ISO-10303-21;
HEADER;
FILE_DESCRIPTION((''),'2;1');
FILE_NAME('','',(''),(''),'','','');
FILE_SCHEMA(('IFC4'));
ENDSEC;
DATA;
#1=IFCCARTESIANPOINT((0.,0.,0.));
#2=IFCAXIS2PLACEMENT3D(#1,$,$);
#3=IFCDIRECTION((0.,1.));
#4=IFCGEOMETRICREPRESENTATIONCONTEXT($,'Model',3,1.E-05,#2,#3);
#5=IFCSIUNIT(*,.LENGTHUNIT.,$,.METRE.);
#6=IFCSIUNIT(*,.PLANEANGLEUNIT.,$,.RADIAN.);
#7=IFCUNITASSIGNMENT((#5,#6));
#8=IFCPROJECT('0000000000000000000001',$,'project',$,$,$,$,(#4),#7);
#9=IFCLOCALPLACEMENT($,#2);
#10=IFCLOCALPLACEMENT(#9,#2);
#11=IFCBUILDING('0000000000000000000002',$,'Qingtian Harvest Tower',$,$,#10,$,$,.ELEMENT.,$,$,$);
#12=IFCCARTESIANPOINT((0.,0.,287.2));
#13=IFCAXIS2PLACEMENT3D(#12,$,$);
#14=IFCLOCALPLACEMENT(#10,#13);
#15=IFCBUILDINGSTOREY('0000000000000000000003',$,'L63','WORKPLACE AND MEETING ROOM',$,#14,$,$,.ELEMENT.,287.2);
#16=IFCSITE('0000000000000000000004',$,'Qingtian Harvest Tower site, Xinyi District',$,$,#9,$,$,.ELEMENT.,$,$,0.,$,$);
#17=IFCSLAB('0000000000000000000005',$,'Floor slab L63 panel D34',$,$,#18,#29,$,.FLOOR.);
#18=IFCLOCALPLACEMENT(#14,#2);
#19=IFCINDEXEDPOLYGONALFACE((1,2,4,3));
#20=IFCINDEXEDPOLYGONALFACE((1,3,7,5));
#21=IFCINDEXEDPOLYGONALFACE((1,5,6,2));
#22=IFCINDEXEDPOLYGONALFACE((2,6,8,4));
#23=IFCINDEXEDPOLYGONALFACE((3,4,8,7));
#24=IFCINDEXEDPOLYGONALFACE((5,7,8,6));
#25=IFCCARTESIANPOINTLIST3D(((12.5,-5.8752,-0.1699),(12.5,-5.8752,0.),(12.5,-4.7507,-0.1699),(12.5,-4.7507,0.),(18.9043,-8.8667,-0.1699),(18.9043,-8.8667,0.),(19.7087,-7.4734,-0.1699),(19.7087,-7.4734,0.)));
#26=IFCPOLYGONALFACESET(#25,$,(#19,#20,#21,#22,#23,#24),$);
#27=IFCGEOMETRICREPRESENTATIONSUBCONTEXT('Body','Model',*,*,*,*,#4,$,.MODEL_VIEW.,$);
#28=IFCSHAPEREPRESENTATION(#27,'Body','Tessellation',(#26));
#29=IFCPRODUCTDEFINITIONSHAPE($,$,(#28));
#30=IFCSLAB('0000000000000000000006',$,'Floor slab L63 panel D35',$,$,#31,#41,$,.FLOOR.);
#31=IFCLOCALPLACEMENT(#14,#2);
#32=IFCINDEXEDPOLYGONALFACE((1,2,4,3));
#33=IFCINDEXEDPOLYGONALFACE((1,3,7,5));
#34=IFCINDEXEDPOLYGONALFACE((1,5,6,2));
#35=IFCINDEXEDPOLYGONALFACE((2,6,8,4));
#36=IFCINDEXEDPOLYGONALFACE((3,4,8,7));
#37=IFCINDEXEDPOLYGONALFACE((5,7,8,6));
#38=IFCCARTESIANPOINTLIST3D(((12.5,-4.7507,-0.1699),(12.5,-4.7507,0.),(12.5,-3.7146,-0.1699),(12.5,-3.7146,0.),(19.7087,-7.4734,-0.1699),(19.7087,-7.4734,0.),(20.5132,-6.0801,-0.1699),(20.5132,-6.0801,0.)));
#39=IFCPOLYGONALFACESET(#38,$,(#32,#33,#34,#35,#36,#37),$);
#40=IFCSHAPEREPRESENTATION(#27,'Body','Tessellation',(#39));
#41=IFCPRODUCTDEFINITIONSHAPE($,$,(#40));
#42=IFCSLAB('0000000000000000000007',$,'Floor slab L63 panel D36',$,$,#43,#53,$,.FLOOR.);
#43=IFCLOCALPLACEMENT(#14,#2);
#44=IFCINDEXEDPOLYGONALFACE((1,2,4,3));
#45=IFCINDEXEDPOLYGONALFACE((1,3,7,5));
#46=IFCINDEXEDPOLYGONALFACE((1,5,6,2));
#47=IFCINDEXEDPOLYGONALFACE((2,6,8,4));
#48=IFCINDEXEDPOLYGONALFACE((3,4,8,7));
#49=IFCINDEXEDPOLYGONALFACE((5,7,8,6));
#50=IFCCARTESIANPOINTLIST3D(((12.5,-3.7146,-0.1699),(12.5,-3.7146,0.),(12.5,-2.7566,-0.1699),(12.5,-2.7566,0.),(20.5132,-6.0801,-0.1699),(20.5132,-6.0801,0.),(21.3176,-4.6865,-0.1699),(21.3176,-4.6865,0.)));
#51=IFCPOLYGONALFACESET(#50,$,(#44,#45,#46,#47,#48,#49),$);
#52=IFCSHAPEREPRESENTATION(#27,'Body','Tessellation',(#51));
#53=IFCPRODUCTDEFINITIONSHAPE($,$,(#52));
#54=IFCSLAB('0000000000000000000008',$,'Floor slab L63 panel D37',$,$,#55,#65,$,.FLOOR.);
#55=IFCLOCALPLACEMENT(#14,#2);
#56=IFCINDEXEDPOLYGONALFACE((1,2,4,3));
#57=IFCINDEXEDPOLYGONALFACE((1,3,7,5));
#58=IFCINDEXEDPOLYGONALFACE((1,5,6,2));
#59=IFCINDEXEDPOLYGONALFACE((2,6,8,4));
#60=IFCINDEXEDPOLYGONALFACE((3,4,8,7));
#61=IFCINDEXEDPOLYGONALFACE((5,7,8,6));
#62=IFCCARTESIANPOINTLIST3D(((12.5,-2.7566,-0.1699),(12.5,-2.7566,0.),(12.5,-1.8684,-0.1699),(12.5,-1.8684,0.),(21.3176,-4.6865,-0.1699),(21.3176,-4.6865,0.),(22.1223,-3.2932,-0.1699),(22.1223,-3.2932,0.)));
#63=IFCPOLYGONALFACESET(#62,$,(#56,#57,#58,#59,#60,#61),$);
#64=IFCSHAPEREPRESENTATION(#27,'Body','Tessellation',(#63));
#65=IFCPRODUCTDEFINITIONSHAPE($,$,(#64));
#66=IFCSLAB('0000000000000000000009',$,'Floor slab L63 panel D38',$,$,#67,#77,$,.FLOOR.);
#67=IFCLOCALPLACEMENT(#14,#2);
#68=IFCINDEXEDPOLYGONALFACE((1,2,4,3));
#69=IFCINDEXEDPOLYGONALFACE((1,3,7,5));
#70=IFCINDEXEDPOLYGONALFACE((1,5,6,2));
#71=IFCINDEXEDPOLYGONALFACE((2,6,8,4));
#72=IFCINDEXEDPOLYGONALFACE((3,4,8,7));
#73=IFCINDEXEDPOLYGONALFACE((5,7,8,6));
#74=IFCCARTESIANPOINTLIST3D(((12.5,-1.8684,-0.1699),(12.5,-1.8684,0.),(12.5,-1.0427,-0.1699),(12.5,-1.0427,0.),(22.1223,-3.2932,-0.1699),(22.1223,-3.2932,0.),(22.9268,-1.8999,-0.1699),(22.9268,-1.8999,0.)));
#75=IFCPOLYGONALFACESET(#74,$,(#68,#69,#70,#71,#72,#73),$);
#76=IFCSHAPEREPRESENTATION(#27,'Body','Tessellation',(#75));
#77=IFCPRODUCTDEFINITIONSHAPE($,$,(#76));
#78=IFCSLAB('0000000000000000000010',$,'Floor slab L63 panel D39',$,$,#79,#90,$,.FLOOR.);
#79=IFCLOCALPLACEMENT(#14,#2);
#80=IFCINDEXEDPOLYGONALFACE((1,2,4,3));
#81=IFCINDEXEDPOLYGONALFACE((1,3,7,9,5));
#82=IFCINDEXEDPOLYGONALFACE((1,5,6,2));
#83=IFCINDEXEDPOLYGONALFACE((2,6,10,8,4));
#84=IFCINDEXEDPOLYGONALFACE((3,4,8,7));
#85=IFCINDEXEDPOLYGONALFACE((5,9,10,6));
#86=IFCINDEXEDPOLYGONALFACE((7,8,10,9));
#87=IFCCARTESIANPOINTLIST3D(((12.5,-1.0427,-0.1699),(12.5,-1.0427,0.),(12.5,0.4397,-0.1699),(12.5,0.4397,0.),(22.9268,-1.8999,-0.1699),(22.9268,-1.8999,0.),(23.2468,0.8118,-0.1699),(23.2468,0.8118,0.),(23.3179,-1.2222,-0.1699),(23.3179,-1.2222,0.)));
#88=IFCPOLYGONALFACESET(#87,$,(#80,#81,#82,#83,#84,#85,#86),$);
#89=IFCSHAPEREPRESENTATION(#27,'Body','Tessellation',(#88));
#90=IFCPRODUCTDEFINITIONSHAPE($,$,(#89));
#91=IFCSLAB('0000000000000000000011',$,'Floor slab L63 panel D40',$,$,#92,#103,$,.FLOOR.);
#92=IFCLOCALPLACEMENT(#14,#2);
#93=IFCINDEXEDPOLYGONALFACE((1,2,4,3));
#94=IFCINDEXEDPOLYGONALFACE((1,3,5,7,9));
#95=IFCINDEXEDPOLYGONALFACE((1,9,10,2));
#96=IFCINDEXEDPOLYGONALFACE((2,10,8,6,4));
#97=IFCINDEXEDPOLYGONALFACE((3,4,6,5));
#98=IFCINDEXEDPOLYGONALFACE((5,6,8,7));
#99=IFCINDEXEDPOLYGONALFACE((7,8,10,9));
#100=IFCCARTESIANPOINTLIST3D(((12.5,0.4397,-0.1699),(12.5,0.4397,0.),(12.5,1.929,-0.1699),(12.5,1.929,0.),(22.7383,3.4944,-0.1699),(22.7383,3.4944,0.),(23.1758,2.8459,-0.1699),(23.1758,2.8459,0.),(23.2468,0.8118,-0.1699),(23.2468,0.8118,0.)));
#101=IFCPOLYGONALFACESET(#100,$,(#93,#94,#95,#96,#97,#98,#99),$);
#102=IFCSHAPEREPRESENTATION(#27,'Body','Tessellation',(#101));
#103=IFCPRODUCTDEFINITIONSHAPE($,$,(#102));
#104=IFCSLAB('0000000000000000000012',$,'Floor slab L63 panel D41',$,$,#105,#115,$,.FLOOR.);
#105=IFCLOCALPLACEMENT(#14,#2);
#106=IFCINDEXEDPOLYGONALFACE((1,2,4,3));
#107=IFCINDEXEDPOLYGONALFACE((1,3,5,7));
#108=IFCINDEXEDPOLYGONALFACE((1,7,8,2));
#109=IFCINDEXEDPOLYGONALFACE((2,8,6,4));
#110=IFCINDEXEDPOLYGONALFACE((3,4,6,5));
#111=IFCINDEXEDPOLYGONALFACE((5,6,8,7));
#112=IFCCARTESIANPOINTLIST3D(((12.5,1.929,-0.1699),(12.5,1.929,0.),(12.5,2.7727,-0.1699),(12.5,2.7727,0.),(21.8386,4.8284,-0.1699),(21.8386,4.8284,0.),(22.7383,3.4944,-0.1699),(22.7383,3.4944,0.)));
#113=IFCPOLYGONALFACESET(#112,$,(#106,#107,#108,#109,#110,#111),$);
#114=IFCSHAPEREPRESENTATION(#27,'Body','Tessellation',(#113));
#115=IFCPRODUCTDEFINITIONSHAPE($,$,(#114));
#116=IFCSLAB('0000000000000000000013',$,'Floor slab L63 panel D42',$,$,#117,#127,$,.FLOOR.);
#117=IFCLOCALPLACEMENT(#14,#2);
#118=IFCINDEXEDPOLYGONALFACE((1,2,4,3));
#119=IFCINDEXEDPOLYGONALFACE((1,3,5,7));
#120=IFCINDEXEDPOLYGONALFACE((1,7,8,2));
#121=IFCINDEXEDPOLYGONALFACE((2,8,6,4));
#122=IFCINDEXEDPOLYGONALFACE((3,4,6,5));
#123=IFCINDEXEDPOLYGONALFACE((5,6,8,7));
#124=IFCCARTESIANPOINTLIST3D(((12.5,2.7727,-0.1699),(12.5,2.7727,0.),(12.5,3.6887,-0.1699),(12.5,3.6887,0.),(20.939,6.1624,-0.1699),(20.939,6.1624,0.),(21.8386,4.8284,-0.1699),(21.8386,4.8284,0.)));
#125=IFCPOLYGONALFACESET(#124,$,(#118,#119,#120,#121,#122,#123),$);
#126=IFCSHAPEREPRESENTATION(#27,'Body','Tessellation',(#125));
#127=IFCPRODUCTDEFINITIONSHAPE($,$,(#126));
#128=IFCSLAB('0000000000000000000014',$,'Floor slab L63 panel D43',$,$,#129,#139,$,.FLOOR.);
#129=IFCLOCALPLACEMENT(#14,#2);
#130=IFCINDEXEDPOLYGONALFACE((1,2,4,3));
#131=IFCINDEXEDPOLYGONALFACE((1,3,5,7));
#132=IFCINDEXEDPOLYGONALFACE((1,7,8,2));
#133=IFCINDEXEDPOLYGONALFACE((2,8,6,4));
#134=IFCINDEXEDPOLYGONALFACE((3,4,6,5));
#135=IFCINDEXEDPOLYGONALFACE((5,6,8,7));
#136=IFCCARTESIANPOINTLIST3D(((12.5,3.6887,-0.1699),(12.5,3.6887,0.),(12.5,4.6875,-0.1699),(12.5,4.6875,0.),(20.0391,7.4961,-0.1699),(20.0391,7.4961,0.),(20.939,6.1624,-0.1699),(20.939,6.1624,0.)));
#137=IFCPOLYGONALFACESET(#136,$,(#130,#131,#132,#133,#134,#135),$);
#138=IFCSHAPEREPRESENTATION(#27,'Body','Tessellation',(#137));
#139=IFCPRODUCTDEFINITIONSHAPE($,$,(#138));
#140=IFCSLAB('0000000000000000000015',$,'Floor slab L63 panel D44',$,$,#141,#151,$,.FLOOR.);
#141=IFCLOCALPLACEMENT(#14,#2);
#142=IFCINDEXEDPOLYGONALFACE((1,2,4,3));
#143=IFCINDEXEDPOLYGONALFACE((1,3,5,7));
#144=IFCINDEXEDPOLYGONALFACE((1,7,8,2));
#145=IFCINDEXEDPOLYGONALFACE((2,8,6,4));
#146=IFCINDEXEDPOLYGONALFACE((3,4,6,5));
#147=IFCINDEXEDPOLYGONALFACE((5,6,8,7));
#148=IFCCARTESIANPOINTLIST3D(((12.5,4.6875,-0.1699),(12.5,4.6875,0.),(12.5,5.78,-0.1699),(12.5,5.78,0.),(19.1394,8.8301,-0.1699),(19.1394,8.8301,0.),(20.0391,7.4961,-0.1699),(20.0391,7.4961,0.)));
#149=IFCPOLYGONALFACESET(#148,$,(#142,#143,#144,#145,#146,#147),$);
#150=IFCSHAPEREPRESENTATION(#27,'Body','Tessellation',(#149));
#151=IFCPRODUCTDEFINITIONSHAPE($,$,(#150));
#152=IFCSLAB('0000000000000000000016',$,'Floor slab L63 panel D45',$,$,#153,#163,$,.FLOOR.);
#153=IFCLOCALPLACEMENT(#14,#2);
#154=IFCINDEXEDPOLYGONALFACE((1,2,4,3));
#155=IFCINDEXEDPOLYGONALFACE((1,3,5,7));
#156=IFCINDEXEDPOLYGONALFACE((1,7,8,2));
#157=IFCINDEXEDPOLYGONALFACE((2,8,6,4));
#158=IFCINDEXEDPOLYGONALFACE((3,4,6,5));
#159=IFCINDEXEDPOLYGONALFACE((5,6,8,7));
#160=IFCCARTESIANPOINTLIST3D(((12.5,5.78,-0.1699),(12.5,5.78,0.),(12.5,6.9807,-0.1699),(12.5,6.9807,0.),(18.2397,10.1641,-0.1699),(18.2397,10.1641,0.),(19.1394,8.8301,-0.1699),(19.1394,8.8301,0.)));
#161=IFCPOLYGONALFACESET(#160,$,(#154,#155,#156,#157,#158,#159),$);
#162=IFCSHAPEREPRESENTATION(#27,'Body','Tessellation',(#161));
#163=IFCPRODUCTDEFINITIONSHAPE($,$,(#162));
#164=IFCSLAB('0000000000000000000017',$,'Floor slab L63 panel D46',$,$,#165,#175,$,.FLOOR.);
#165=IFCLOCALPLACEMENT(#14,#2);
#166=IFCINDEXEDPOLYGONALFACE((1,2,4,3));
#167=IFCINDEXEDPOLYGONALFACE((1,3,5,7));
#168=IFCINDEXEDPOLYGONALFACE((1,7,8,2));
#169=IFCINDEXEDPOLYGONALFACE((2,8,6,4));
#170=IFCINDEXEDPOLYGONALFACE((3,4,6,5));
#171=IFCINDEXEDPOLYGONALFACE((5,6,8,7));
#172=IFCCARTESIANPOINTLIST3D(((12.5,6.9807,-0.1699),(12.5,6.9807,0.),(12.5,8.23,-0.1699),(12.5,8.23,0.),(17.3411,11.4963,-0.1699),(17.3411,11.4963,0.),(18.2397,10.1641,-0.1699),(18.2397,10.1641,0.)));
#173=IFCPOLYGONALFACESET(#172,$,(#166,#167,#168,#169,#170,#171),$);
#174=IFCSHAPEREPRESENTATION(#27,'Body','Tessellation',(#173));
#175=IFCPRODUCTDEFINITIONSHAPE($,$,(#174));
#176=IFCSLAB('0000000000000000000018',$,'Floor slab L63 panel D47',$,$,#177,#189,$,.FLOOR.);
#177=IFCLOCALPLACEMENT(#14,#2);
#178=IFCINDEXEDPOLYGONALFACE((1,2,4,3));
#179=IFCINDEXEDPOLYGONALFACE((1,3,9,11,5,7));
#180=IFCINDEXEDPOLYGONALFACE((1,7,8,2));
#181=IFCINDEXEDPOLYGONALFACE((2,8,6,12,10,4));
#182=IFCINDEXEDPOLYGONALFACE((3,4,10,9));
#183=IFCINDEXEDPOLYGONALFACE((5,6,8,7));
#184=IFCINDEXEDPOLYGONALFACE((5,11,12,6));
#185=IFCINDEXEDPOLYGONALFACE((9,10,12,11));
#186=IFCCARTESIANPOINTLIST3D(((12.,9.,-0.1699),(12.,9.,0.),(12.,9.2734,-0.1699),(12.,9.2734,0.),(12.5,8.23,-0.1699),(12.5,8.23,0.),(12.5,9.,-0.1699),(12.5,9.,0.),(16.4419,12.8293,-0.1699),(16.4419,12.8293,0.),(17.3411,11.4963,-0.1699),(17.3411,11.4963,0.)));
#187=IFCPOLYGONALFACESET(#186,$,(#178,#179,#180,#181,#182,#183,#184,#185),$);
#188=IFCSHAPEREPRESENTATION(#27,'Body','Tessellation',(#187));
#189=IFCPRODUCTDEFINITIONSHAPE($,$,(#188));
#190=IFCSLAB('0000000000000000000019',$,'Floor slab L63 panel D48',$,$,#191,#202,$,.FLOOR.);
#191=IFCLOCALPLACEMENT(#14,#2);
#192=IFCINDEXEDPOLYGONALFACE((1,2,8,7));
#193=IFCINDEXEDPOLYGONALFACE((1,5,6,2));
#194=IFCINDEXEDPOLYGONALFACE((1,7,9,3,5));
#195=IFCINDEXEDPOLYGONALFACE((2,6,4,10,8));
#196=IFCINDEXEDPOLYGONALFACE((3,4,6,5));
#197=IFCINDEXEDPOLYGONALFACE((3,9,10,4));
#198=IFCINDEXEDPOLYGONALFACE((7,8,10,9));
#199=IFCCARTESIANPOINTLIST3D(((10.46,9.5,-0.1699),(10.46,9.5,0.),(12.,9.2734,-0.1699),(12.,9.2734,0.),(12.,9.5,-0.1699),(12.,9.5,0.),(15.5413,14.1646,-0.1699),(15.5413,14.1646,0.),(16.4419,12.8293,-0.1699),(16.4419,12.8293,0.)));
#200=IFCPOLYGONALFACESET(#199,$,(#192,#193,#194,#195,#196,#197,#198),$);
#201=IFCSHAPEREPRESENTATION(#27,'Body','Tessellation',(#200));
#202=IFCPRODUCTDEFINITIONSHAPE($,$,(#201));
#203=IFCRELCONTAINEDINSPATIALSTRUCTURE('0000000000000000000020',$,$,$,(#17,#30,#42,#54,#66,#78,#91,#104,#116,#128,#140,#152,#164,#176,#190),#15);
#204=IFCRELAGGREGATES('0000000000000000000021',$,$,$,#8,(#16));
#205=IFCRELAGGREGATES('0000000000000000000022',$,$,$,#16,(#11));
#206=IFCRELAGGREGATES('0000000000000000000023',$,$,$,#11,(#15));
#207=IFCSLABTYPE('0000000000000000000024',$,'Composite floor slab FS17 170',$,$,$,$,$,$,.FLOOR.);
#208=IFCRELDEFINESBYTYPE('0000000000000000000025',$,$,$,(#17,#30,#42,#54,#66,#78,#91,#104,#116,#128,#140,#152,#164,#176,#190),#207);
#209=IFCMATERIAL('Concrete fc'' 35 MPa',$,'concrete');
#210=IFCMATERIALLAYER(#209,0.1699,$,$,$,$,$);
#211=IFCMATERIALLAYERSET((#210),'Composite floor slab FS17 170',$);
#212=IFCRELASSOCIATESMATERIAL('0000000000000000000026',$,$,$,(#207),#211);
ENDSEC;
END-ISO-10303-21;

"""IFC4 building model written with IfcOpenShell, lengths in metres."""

from ifc_helpers import new_model, si_unit, direction, frame, origin, place, context, subcontext, project, spatial, polyline, outline, extrude, material, layer, layer_set, type_object, element, save


model = new_model("IFC4")

# Units and contexts
model_context = context("Model", 3, precision=1e-05, world=origin(), true_north=direction((0.0, 1.0)))
body_context = subcontext(model_context, "Body", "Model", "MODEL_VIEW")
ifc_project = project(units=[si_unit("LENGTHUNIT", "METRE"), si_unit("PLANEANGLEUNIT", "RADIAN")], contexts=[model_context])

# Site, building, storey
site_placement = place(None, origin())
site = spatial("IfcSite", under=ifc_project, at=site_placement, Name="Qingtian Harvest Tower site, Xinyi District", CompositionType="ELEMENT", RefElevation=0.0)
building_placement = place(site_placement, origin())
building = spatial("IfcBuilding", under=site, at=building_placement, Name="Qingtian Harvest Tower", CompositionType="ELEMENT")
storey_placement = place(building_placement, frame((0.0, 0.0, 287.2)))
storey = spatial("IfcBuildingStorey", under=building, at=storey_placement, Name="L63", Description="WORKPLACE AND MEETING ROOM", CompositionType="ELEMENT", Elevation=287.2)

# Slabs
ifc_material_1 = material(Name="Concrete fc' 35 MPa", Category="concrete")
ifc_layer_1 = layer(ifc_material_1, 0.1699)
ifc_layer_set_1 = layer_set([ifc_layer_1], Name="Composite floor slab FS17 170")
slab_type = type_object("IfcSlabType", Name="Composite floor slab FS17 170", PredefinedType="FLOOR", material=ifc_layer_set_1)
slab_1_placement = place(storey_placement, frame((0.0, 0.0, -0.1699)))
element("IfcSlab", 1, at=slab_1_placement, inside=storey, type_object=slab_type, Name="Floor slab L63 panel D34", PredefinedType="FLOOR", context=body_context, shape_type="SweptSolid", body=[
    extrude(outline(polyline([(12.5, -4.7507), (19.7087, -7.4734), (18.9043, -8.8667), (12.5, -5.8752), (12.5, -4.7507)])), origin(), (0.0, 0.0, 1.0), 0.1699),
])
slab_2_placement = place(storey_placement, frame((0.0, 0.0, -0.1699)))
element("IfcSlab", 2, at=slab_2_placement, inside=storey, type_object=slab_type, Name="Floor slab L63 panel D35", PredefinedType="FLOOR", context=body_context, shape_type="SweptSolid", body=[
    extrude(outline(polyline([(12.5, -3.7146), (20.5132, -6.0801), (19.7087, -7.4734), (12.5, -4.7507), (12.5, -3.7146)])), origin(), (0.0, 0.0, 1.0), 0.1699),
])
slab_3_placement = place(storey_placement, frame((0.0, 0.0, -0.1699)))
element("IfcSlab", 3, at=slab_3_placement, inside=storey, type_object=slab_type, Name="Floor slab L63 panel D36", PredefinedType="FLOOR", context=body_context, shape_type="SweptSolid", body=[
    extrude(outline(polyline([(12.5, -2.7566), (21.3176, -4.6865), (20.5132, -6.0801), (12.5, -3.7146), (12.5, -2.7566)])), origin(), (0.0, 0.0, 1.0), 0.1699),
])
slab_4_placement = place(storey_placement, frame((0.0, 0.0, -0.1699)))
element("IfcSlab", 4, at=slab_4_placement, inside=storey, type_object=slab_type, Name="Floor slab L63 panel D37", PredefinedType="FLOOR", context=body_context, shape_type="SweptSolid", body=[
    extrude(outline(polyline([(12.5, -1.8684), (22.1223, -3.2932), (21.3176, -4.6865), (12.5, -2.7566), (12.5, -1.8684)])), origin(), (0.0, 0.0, 1.0), 0.1699),
])
slab_5_placement = place(storey_placement, frame((0.0, 0.0, -0.1699)))
element("IfcSlab", 5, at=slab_5_placement, inside=storey, type_object=slab_type, Name="Floor slab L63 panel D38", PredefinedType="FLOOR", context=body_context, shape_type="SweptSolid", body=[
    extrude(outline(polyline([(12.5, -1.0427), (22.9268, -1.8999), (22.1223, -3.2932), (12.5, -1.8684), (12.5, -1.0427)])), origin(), (0.0, 0.0, 1.0), 0.1699),
])
slab_6_placement = place(storey_placement, frame((0.0, 0.0, -0.1699)))
element("IfcSlab", 6, at=slab_6_placement, inside=storey, type_object=slab_type, Name="Floor slab L63 panel D39", PredefinedType="FLOOR", context=body_context, shape_type="SweptSolid", body=[
    extrude(outline(polyline([(12.5, -1.0427), (12.5, 0.4397), (23.2468, 0.8118), (23.3179, -1.2222), (22.9268, -1.8999), (12.5, -1.0427)])), origin(), (0.0, 0.0, 1.0), 0.1699),
])
slab_7_placement = place(storey_placement, frame((0.0, 0.0, -0.1699)))
element("IfcSlab", 7, at=slab_7_placement, inside=storey, type_object=slab_type, Name="Floor slab L63 panel D40", PredefinedType="FLOOR", context=body_context, shape_type="SweptSolid", body=[
    extrude(outline(polyline([(12.5, 0.4397), (12.5, 1.929), (22.7383, 3.4944), (23.1758, 2.8459), (23.2468, 0.8118), (12.5, 0.4397)])), origin(), (0.0, 0.0, 1.0), 0.1699),
])
slab_8_placement = place(storey_placement, frame((0.0, 0.0, -0.1699)))
element("IfcSlab", 8, at=slab_8_placement, inside=storey, type_object=slab_type, Name="Floor slab L63 panel D41", PredefinedType="FLOOR", context=body_context, shape_type="SweptSolid", body=[
    extrude(outline(polyline([(12.5, 2.7727), (21.8386, 4.8284), (22.7383, 3.4944), (12.5, 1.929), (12.5, 2.7727)])), origin(), (0.0, 0.0, 1.0), 0.1699),
])
slab_9_placement = place(storey_placement, frame((0.0, 0.0, -0.1699)))
element("IfcSlab", 9, at=slab_9_placement, inside=storey, type_object=slab_type, Name="Floor slab L63 panel D42", PredefinedType="FLOOR", context=body_context, shape_type="SweptSolid", body=[
    extrude(outline(polyline([(12.5, 3.6887), (20.939, 6.1624), (21.8386, 4.8284), (12.5, 2.7727), (12.5, 3.6887)])), origin(), (0.0, 0.0, 1.0), 0.1699),
])
slab_10_placement = place(storey_placement, frame((0.0, 0.0, -0.1699)))
element("IfcSlab", 10, at=slab_10_placement, inside=storey, type_object=slab_type, Name="Floor slab L63 panel D43", PredefinedType="FLOOR", context=body_context, shape_type="SweptSolid", body=[
    extrude(outline(polyline([(12.5, 4.6875), (20.0391, 7.4961), (20.939, 6.1624), (12.5, 3.6887), (12.5, 4.6875)])), origin(), (0.0, 0.0, 1.0), 0.1699),
])
slab_11_placement = place(storey_placement, frame((0.0, 0.0, -0.1699)))
element("IfcSlab", 11, at=slab_11_placement, inside=storey, type_object=slab_type, Name="Floor slab L63 panel D44", PredefinedType="FLOOR", context=body_context, shape_type="SweptSolid", body=[
    extrude(outline(polyline([(12.5, 5.78), (19.1394, 8.8301), (20.0391, 7.4961), (12.5, 4.6875), (12.5, 5.78)])), origin(), (0.0, 0.0, 1.0), 0.1699),
])
slab_12_placement = place(storey_placement, frame((0.0, 0.0, -0.1699)))
element("IfcSlab", 12, at=slab_12_placement, inside=storey, type_object=slab_type, Name="Floor slab L63 panel D45", PredefinedType="FLOOR", context=body_context, shape_type="SweptSolid", body=[
    extrude(outline(polyline([(12.5, 6.9807), (18.2397, 10.1641), (19.1394, 8.8301), (12.5, 5.78), (12.5, 6.9807)])), origin(), (0.0, 0.0, 1.0), 0.1699),
])
slab_13_placement = place(storey_placement, frame((0.0, 0.0, -0.1699)))
element("IfcSlab", 13, at=slab_13_placement, inside=storey, type_object=slab_type, Name="Floor slab L63 panel D46", PredefinedType="FLOOR", context=body_context, shape_type="SweptSolid", body=[
    extrude(outline(polyline([(12.5, 8.23), (17.3411, 11.4963), (18.2397, 10.1641), (12.5, 6.9807), (12.5, 8.23)])), origin(), (0.0, 0.0, 1.0), 0.1699),
])
slab_14_placement = place(storey_placement, frame((0.0, 0.0, -0.1699)))
element("IfcSlab", 14, at=slab_14_placement, inside=storey, type_object=slab_type, Name="Floor slab L63 panel D47", PredefinedType="FLOOR", context=body_context, shape_type="SweptSolid", body=[
    extrude(outline(polyline([(12.5, 9.0), (12.0, 9.0), (12.0, 9.2734), (16.4419, 12.8293), (17.3411, 11.4963), (12.5, 8.23), (12.5, 9.0)])), origin(), (0.0, 0.0, 1.0), 0.1699),
])
slab_15_placement = place(storey_placement, frame((0.0, 0.0, -0.1699)))
element("IfcSlab", 15, at=slab_15_placement, inside=storey, type_object=slab_type, Name="Floor slab L63 panel D48", PredefinedType="FLOOR", context=body_context, shape_type="SweptSolid", body=[
    extrude(outline(polyline([(12.0, 9.5), (10.46, 9.5), (15.5413, 14.1646), (16.4419, 12.8293), (12.0, 9.2734), (12.0, 9.5)])), origin(), (0.0, 0.0, 1.0), 0.1699),
])

save(model, "model.ifc")
